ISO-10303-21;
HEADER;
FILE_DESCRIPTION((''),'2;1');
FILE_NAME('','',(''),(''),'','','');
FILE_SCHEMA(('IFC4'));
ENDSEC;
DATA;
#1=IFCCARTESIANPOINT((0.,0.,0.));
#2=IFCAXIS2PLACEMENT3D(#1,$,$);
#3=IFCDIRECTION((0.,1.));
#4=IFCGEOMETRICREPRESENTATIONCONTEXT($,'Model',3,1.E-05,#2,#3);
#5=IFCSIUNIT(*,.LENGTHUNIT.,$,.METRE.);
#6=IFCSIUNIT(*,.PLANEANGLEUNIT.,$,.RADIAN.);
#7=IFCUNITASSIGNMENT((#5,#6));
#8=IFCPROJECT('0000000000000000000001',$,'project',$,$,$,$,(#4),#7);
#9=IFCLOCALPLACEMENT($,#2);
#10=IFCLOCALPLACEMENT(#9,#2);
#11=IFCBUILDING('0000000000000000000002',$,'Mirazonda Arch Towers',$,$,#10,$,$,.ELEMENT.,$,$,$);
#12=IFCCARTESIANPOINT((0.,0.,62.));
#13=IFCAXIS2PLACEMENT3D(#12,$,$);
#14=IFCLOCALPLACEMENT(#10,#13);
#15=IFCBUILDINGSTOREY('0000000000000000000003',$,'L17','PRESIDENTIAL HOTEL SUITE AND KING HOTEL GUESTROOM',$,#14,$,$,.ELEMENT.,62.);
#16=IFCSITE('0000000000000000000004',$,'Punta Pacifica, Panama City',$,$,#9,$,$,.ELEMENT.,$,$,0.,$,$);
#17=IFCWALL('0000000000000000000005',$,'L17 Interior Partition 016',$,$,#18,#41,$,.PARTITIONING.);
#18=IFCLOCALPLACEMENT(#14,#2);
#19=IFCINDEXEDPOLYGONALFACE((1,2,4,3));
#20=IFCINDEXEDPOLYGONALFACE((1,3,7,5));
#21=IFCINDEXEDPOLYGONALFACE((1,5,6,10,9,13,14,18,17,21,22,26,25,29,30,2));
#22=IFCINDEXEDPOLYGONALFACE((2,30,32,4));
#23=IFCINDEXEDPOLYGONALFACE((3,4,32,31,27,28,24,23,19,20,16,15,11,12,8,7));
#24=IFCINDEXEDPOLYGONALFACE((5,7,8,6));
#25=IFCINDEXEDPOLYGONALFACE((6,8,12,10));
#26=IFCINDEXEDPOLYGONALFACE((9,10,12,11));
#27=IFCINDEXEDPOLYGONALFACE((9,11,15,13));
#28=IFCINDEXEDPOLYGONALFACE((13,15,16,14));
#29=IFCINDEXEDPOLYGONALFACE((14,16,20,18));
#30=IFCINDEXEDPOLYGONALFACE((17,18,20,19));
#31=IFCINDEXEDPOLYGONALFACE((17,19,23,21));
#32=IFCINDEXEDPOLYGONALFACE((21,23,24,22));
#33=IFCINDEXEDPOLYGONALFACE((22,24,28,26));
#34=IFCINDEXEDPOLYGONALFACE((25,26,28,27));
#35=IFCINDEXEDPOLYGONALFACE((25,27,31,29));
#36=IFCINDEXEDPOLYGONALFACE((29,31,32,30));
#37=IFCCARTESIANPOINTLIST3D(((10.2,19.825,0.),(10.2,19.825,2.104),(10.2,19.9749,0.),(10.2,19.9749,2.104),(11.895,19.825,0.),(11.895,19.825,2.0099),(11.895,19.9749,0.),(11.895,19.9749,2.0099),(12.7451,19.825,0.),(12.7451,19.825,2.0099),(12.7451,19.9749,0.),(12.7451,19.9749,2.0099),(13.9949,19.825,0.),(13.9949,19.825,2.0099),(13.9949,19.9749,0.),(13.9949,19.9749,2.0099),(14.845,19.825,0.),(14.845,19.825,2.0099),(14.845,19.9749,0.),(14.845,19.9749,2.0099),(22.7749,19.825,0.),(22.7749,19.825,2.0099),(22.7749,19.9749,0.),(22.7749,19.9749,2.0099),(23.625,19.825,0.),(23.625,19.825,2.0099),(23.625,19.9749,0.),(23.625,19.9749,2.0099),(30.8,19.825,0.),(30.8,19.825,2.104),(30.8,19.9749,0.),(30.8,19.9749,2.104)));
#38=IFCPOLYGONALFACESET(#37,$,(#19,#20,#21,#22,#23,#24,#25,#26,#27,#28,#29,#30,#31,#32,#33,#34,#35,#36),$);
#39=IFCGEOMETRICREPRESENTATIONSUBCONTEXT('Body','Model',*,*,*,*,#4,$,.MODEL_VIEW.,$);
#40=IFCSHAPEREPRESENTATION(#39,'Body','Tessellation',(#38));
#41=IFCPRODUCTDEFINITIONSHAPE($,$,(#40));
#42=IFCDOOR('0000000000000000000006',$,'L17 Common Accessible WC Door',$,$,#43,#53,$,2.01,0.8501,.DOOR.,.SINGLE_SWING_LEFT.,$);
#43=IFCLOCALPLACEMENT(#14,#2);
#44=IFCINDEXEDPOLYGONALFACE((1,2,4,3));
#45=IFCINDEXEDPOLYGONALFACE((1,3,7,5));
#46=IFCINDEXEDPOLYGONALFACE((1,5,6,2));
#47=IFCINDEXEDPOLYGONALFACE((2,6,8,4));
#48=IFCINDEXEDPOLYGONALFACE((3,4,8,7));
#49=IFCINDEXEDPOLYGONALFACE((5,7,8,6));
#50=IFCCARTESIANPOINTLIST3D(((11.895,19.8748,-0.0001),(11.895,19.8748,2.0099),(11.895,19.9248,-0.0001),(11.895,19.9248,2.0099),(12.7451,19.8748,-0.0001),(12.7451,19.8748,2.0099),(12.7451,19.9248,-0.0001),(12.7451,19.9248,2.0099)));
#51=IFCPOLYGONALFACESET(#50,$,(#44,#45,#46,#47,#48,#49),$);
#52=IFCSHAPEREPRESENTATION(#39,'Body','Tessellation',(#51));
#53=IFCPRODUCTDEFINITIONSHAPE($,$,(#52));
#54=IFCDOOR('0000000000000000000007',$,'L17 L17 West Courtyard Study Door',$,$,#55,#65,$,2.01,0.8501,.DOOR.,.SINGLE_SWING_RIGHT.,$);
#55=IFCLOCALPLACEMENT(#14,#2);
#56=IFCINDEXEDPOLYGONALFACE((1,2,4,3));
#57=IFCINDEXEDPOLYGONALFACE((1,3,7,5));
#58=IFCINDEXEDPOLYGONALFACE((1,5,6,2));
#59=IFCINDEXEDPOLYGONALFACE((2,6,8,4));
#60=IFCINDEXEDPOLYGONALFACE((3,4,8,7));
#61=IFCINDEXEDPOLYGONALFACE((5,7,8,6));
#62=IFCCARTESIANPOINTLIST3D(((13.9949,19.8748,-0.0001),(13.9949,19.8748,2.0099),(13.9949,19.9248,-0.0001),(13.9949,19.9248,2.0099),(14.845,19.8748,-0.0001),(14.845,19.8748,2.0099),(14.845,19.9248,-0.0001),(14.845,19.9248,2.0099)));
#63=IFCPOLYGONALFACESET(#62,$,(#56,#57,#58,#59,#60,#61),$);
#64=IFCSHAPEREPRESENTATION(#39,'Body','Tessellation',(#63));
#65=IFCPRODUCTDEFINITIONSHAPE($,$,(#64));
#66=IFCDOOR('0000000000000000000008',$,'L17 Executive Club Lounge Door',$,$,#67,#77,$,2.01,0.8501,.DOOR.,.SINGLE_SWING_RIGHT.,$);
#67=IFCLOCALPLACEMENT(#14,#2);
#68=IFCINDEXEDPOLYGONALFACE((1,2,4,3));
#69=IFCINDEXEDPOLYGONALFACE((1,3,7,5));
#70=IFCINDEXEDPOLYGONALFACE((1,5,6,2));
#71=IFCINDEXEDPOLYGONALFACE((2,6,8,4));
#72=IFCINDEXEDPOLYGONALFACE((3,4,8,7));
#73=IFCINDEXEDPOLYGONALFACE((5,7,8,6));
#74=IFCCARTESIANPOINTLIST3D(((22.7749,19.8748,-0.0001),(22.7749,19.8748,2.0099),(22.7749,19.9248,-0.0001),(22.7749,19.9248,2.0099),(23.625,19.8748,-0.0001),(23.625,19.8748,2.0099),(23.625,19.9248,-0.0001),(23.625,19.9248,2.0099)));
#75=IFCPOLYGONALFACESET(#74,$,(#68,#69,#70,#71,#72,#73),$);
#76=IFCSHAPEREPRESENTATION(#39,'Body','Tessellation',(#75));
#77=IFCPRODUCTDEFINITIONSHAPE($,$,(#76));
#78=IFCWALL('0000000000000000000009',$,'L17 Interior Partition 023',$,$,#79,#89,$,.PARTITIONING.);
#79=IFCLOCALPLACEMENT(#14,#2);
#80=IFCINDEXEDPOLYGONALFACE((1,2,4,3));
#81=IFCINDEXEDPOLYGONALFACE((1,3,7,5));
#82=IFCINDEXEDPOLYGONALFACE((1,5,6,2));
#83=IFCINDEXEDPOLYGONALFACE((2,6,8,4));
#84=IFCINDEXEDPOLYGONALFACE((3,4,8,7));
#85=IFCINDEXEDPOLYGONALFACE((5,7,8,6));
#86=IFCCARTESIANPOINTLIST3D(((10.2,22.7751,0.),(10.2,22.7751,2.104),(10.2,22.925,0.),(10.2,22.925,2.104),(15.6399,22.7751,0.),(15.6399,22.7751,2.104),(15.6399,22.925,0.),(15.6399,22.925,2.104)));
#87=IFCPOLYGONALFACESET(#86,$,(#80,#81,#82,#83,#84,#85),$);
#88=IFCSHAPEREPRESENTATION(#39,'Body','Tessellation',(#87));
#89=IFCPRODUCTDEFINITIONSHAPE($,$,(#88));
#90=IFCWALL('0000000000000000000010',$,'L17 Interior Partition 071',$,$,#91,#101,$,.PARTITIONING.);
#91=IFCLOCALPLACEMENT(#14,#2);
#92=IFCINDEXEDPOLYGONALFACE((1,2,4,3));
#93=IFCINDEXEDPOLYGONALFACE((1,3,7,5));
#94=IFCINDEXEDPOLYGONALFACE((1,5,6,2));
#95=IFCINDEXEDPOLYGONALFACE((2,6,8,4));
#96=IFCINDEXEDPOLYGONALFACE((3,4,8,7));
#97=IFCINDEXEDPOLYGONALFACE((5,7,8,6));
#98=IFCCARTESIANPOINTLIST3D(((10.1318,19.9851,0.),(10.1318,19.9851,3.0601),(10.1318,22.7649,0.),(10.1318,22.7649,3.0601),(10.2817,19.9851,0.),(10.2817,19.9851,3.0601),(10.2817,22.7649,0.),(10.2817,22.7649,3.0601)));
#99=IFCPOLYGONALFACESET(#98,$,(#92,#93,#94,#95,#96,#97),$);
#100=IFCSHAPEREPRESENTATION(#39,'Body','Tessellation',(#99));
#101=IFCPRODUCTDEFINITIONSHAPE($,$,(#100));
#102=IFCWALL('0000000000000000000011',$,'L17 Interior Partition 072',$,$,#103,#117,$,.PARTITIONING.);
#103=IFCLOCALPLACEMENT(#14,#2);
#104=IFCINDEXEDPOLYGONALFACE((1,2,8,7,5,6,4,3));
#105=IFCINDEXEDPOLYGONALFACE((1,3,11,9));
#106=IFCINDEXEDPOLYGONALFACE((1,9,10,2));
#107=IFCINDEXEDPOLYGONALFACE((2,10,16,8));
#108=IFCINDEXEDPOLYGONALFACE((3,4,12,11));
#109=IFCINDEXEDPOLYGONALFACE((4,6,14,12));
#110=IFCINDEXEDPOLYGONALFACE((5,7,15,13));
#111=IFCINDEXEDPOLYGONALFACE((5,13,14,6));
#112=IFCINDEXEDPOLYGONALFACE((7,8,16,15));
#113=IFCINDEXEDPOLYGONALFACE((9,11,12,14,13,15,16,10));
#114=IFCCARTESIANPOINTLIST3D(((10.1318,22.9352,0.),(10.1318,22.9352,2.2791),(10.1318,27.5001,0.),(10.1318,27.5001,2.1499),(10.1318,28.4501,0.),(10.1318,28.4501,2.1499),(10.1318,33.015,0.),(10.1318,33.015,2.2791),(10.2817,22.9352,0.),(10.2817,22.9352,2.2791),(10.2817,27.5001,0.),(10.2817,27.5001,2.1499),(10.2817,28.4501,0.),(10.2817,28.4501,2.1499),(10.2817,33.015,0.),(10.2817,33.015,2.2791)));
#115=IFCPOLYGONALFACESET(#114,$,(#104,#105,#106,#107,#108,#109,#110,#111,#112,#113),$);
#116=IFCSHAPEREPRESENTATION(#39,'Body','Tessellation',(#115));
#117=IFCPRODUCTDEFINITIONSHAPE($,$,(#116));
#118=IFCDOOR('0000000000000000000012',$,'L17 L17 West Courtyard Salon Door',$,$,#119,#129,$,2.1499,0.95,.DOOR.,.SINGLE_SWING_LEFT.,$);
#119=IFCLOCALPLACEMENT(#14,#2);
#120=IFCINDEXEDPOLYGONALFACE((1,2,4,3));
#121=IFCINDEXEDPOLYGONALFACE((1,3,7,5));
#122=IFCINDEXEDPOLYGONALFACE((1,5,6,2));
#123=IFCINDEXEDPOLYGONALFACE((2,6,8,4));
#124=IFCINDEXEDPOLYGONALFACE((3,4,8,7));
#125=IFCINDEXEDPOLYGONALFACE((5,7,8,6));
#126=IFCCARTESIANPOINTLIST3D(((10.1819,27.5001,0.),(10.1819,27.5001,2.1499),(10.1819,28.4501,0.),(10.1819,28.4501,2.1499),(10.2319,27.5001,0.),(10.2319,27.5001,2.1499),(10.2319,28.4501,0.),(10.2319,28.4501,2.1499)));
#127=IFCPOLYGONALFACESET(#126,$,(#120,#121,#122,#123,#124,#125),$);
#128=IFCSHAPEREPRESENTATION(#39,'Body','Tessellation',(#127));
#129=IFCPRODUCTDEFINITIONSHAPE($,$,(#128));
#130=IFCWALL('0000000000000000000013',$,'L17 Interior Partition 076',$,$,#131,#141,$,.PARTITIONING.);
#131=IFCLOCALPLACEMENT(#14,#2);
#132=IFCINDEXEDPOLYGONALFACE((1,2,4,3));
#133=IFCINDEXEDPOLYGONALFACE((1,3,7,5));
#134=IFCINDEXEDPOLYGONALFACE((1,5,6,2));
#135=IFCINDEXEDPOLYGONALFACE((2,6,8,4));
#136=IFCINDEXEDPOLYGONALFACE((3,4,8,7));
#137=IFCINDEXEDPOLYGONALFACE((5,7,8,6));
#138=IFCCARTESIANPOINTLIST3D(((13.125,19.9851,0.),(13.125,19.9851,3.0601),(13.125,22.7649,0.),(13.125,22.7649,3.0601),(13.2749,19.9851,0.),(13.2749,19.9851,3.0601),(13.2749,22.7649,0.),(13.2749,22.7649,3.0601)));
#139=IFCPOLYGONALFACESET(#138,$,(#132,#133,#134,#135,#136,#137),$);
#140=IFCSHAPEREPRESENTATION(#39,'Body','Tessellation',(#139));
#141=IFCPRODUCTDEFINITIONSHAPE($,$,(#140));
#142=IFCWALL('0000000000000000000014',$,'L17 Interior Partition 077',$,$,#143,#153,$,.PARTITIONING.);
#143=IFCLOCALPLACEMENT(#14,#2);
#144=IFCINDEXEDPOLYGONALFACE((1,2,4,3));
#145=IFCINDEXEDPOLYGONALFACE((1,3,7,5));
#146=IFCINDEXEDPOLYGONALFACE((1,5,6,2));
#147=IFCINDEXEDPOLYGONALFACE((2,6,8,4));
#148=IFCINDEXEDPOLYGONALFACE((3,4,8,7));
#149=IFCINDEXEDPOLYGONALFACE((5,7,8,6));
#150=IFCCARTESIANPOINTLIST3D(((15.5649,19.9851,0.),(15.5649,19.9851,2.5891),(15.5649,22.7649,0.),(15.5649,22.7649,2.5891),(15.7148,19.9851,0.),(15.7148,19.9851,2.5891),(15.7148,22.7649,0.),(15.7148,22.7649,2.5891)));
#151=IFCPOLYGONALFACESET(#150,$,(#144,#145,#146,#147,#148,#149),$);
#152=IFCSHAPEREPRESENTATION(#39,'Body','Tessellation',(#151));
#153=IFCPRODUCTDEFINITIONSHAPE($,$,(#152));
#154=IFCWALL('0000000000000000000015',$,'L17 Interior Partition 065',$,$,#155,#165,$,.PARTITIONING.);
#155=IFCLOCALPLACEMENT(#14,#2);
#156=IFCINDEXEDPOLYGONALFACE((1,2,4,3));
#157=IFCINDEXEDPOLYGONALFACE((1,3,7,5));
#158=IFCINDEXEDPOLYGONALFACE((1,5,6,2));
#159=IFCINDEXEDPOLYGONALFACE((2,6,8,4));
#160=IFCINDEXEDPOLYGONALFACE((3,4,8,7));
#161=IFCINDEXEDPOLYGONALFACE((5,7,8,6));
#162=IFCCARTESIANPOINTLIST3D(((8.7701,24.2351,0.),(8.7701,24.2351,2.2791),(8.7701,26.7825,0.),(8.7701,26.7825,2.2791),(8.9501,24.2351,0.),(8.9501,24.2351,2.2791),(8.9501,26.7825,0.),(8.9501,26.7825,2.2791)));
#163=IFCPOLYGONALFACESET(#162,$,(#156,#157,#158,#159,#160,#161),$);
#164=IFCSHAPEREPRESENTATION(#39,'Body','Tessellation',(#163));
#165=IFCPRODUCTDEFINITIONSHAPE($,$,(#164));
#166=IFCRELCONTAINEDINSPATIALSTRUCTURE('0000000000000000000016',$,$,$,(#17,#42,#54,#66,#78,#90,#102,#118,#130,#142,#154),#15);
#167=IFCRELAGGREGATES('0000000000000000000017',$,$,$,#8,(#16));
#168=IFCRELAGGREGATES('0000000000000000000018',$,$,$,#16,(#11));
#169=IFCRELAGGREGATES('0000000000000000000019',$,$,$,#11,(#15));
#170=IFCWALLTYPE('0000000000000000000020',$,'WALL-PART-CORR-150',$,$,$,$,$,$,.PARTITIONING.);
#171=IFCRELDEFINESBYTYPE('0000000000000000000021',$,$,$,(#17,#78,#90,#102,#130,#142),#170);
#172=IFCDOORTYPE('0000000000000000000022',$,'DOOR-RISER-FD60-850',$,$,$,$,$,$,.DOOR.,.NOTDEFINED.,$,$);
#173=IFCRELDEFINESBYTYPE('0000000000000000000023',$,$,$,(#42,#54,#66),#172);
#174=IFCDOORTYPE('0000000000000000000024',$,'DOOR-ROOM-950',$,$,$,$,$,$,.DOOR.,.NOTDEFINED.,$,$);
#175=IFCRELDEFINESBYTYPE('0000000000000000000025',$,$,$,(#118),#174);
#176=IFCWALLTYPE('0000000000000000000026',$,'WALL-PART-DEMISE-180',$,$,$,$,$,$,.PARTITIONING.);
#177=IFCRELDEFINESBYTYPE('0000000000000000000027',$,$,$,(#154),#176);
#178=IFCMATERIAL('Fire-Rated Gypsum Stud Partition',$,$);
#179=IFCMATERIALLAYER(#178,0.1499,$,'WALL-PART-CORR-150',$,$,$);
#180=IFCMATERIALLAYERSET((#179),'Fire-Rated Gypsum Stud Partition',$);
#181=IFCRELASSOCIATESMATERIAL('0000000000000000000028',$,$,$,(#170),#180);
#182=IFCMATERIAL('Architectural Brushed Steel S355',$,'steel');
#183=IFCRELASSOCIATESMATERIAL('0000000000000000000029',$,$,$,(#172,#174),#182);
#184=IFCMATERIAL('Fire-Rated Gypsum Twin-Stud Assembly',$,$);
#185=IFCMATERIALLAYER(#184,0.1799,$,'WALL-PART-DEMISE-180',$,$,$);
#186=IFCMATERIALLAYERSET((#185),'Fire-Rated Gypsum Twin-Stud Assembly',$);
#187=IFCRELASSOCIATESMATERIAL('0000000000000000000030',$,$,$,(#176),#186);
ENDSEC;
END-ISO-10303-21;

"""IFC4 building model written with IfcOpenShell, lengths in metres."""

from ifc_helpers import new_model, si_unit, direction, frame, frame_2d, origin, place, context, subcontext, project, spatial, rectangle, extrude, material, layer, layer_set, type_object, element, fill, save


model = new_model("IFC4")

# Units and contexts
model_context = context("Model", 3, precision=1e-05, world=origin(), true_north=direction((0.0, 1.0)))
body_context = subcontext(model_context, "Body", "Model", "MODEL_VIEW")
ifc_project = project(units=[si_unit("LENGTHUNIT", "METRE"), si_unit("PLANEANGLEUNIT", "RADIAN")], contexts=[model_context])

# Site, building, storey
site_placement = place(None, origin())
site = spatial("IfcSite", under=ifc_project, at=site_placement, Name="Punta Pacifica, Panama City", CompositionType="ELEMENT", RefElevation=0.0)
building_placement = place(site_placement, origin())
building = spatial("IfcBuilding", under=site, at=building_placement, Name="Mirazonda Arch Towers", CompositionType="ELEMENT")
storey_placement = place(building_placement, frame((0.0, 0.0, 62.0)))
storey = spatial("IfcBuildingStorey", under=building, at=storey_placement, Name="L17", Description="PRESIDENTIAL HOTEL SUITE AND KING HOTEL GUESTROOM", CompositionType="ELEMENT", Elevation=62.0)

# Shared definitions
ifc_material_1 = material(Name="Architectural Brushed Steel S355", Category="steel")

# Shared definitions
ifc_material_2 = material(Name="Fire-Rated Gypsum Stud Partition")
ifc_layer_1 = layer(ifc_material_2, 0.1499, Name="WALL-PART-CORR-150")
ifc_layer_set_1 = layer_set([ifc_layer_1], Name="Fire-Rated Gypsum Stud Partition")
wall_type_1 = type_object("IfcWallType", Name="WALL-PART-CORR-150", PredefinedType="PARTITIONING", material=ifc_layer_set_1)

# Wall, openings, doors
wall_1_placement = place(storey_placement, frame((10.2, 19.8999, 0.0), z_axis=(0.0, 0.0, 1.0), x_axis=(1.0, 0.0, 0.0)))
wall_1 = element("IfcWall", 1, at=wall_1_placement, inside=storey, type_object=wall_type_1, Name="L17 Interior Partition 016", PredefinedType="PARTITIONING", context=body_context, shape_type="SweptSolid", body=[
    extrude(rectangle(XDim=20.6001, YDim=0.1499, at=frame_2d((10.3, 0.0))), origin(), (0.0, 0.0, 1.0), 2.104),
])
opening_1_placement = place(wall_1_placement, frame((1.6951, 0.0, 0.0)))
opening_1 = element("IfcOpeningElement", 2, at=opening_1_placement, cuts=wall_1, PredefinedType="OPENING", context=body_context, shape_type="SweptSolid", body=[
    extrude(rectangle(XDim=0.8501, YDim=2.01, at=frame_2d((0.425, 1.0049))), frame((0.0, 0.085, 0.0), z_axis=(0.0, -1.0, 0.0), x_axis=(1.0, 0.0, 0.0)), (0.0, 0.0, 1.0), 0.1699),
])
opening_2_placement = place(wall_1_placement, frame((3.7949, 0.0, 0.0)))
opening_2 = element("IfcOpeningElement", 3, at=opening_2_placement, cuts=wall_1, PredefinedType="OPENING", context=body_context, shape_type="SweptSolid", body=[
    extrude(rectangle(XDim=0.8501, YDim=2.01, at=frame_2d((0.425, 1.0049))), frame((0.0, 0.085, 0.0), z_axis=(0.0, -1.0, 0.0), x_axis=(1.0, 0.0, 0.0)), (0.0, 0.0, 1.0), 0.1699),
])
opening_3_placement = place(wall_1_placement, frame((12.575, 0.0, 0.0)))
opening_3 = element("IfcOpeningElement", 4, at=opening_3_placement, cuts=wall_1, PredefinedType="OPENING", context=body_context, shape_type="SweptSolid", body=[
    extrude(rectangle(XDim=0.8501, YDim=2.01, at=frame_2d((0.425, 1.0049))), frame((0.0, 0.085, 0.0), z_axis=(0.0, -1.0, 0.0), x_axis=(1.0, 0.0, 0.0)), (0.0, 0.0, 1.0), 0.1699),
])
door_type_1 = type_object("IfcDoorType", Name="DOOR-RISER-FD60-850", OperationType="NOTDEFINED", PredefinedType="DOOR", material=ifc_material_1)
door_1_placement = place(opening_1_placement, origin())
door_1 = element("IfcDoor", 5, at=door_1_placement, inside=storey, type_object=door_type_1, Name="L17 Common Accessible WC Door", OperationType="SINGLE_SWING_LEFT", OverallHeight=2.01, OverallWidth=0.8501, PredefinedType="DOOR", context=body_context, shape_type="SweptSolid", body=[
    extrude(rectangle(XDim=0.8501, YDim=2.01, at=frame_2d((0.425, 1.0049))), frame((0.0, 0.0249, 0.0), z_axis=(0.0, -1.0, 0.0), x_axis=(1.0, 0.0, 0.0)), (0.0, 0.0, 1.0), 0.05),
])
fill(opening_1, door_1)
door_2_placement = place(opening_2_placement, origin())
door_2 = element("IfcDoor", 6, at=door_2_placement, inside=storey, type_object=door_type_1, Name="L17 L17 West Courtyard Study Door", OperationType="SINGLE_SWING_RIGHT", OverallHeight=2.01, OverallWidth=0.8501, PredefinedType="DOOR", context=body_context, shape_type="SweptSolid", body=[
    extrude(rectangle(XDim=0.8501, YDim=2.01, at=frame_2d((0.425, 1.0049))), frame((0.0, 0.0249, 0.0), z_axis=(0.0, -1.0, 0.0), x_axis=(1.0, 0.0, 0.0)), (0.0, 0.0, 1.0), 0.05),
])
fill(opening_2, door_2)
door_3_placement = place(opening_3_placement, origin())
door_3 = element("IfcDoor", 7, at=door_3_placement, inside=storey, type_object=door_type_1, Name="L17 Executive Club Lounge Door", OperationType="SINGLE_SWING_RIGHT", OverallHeight=2.01, OverallWidth=0.8501, PredefinedType="DOOR", context=body_context, shape_type="SweptSolid", body=[
    extrude(rectangle(XDim=0.8501, YDim=2.01, at=frame_2d((0.425, 1.0049))), frame((0.0, 0.0249, 0.0), z_axis=(0.0, -1.0, 0.0), x_axis=(1.0, 0.0, 0.0)), (0.0, 0.0, 1.0), 0.05),
])
fill(opening_3, door_3)

# Walls
wall_2_placement = place(storey_placement, frame((10.2, 22.8501, 0.0), z_axis=(0.0, 0.0, 1.0), x_axis=(1.0, 0.0, 0.0)))
element("IfcWall", 8, at=wall_2_placement, inside=storey, type_object=wall_type_1, Name="L17 Interior Partition 023", PredefinedType="PARTITIONING", context=body_context, shape_type="SweptSolid", body=[
    extrude(rectangle(XDim=5.4399, YDim=0.1499, at=frame_2d((2.72, 0.0))), origin(), (0.0, 0.0, 1.0), 2.104),
])
wall_3_placement = place(storey_placement, frame((10.2068, 19.9851, 0.0), z_axis=(0.0, 0.0, 1.0), x_axis=(0.0, 1.0, 0.0)))
element("IfcWall", 9, at=wall_3_placement, inside=storey, type_object=wall_type_1, Name="L17 Interior Partition 071", PredefinedType="PARTITIONING", context=body_context, shape_type="SweptSolid", body=[
    extrude(rectangle(XDim=2.7798, YDim=0.1499, at=frame_2d((1.3899, 0.0))), origin(), (0.0, 0.0, 1.0), 3.0601),
])

# Wall, opening, door
wall_4_placement = place(storey_placement, frame((10.2068, 22.9351, 0.0), z_axis=(0.0, 0.0, 1.0), x_axis=(0.0, 1.0, 0.0)))
wall_4 = element("IfcWall", 10, at=wall_4_placement, inside=storey, type_object=wall_type_1, Name="L17 Interior Partition 072", PredefinedType="PARTITIONING", context=body_context, shape_type="SweptSolid", body=[
    extrude(rectangle(XDim=10.0798, YDim=0.1499, at=frame_2d((5.04, 0.0))), origin(), (0.0, 0.0, 1.0), 2.2791),
])
opening_4_placement = place(wall_4_placement, frame((4.5649, 0.0, 0.0)))
opening_4 = element("IfcOpeningElement", 11, at=opening_4_placement, cuts=wall_4, PredefinedType="OPENING", context=body_context, shape_type="SweptSolid", body=[
    extrude(rectangle(XDim=0.95, YDim=2.1499, at=frame_2d((0.4751, 1.075))), frame((0.0, 0.085, 0.0), z_axis=(0.0, -1.0, 0.0), x_axis=(1.0, 0.0, 0.0)), (0.0, 0.0, 1.0), 0.1699),
])
door_type_2 = type_object("IfcDoorType", Name="DOOR-ROOM-950", OperationType="NOTDEFINED", PredefinedType="DOOR", material=ifc_material_1)
door_4_placement = place(opening_4_placement, origin())
door_4 = element("IfcDoor", 12, at=door_4_placement, inside=storey, type_object=door_type_2, Name="L17 L17 West Courtyard Salon Door", OperationType="SINGLE_SWING_LEFT", OverallHeight=2.1499, OverallWidth=0.95, PredefinedType="DOOR", context=body_context, shape_type="SweptSolid", body=[
    extrude(rectangle(XDim=0.95, YDim=2.1499, at=frame_2d((0.4751, 1.075))), frame((0.0, 0.0249, 0.0), z_axis=(0.0, -1.0, 0.0), x_axis=(1.0, 0.0, 0.0)), (0.0, 0.0, 1.0), 0.05),
])
fill(opening_4, door_4)

# Walls
wall_5_placement = place(storey_placement, frame((13.2, 19.9851, 0.0), z_axis=(0.0, 0.0, 1.0), x_axis=(0.0, 1.0, 0.0)))
element("IfcWall", 13, at=wall_5_placement, inside=storey, type_object=wall_type_1, Name="L17 Interior Partition 076", PredefinedType="PARTITIONING", context=body_context, shape_type="SweptSolid", body=[
    extrude(rectangle(XDim=2.7798, YDim=0.1499, at=frame_2d((1.3899, 0.0))), origin(), (0.0, 0.0, 1.0), 3.0601),
])
wall_6_placement = place(storey_placement, frame((15.6399, 19.9851, 0.0), z_axis=(0.0, 0.0, 1.0), x_axis=(0.0, 1.0, 0.0)))
element("IfcWall", 14, at=wall_6_placement, inside=storey, type_object=wall_type_1, Name="L17 Interior Partition 077", PredefinedType="PARTITIONING", context=body_context, shape_type="SweptSolid", body=[
    extrude(rectangle(XDim=2.7798, YDim=0.1499, at=frame_2d((1.3899, 0.0))), origin(), (0.0, 0.0, 1.0), 2.5891),
])
ifc_material_3 = material(Name="Fire-Rated Gypsum Twin-Stud Assembly")
ifc_layer_2 = layer(ifc_material_3, 0.1799, Name="WALL-PART-DEMISE-180")
ifc_layer_set_2 = layer_set([ifc_layer_2], Name="Fire-Rated Gypsum Twin-Stud Assembly")
wall_type_2 = type_object("IfcWallType", Name="WALL-PART-DEMISE-180", PredefinedType="PARTITIONING", material=ifc_layer_set_2)
wall_7_placement = place(storey_placement, frame((8.8601, 24.2351, 0.0), z_axis=(0.0, 0.0, 1.0), x_axis=(0.0, 1.0, 0.0)))
element("IfcWall", 15, at=wall_7_placement, inside=storey, type_object=wall_type_2, Name="L17 Interior Partition 065", PredefinedType="PARTITIONING", context=body_context, shape_type="SweptSolid", body=[
    extrude(rectangle(XDim=2.5474, YDim=0.1799, at=frame_2d((1.2737, 0.0))), origin(), (0.0, 0.0, 1.0), 2.2791),
])

save(model, "model.ifc")
